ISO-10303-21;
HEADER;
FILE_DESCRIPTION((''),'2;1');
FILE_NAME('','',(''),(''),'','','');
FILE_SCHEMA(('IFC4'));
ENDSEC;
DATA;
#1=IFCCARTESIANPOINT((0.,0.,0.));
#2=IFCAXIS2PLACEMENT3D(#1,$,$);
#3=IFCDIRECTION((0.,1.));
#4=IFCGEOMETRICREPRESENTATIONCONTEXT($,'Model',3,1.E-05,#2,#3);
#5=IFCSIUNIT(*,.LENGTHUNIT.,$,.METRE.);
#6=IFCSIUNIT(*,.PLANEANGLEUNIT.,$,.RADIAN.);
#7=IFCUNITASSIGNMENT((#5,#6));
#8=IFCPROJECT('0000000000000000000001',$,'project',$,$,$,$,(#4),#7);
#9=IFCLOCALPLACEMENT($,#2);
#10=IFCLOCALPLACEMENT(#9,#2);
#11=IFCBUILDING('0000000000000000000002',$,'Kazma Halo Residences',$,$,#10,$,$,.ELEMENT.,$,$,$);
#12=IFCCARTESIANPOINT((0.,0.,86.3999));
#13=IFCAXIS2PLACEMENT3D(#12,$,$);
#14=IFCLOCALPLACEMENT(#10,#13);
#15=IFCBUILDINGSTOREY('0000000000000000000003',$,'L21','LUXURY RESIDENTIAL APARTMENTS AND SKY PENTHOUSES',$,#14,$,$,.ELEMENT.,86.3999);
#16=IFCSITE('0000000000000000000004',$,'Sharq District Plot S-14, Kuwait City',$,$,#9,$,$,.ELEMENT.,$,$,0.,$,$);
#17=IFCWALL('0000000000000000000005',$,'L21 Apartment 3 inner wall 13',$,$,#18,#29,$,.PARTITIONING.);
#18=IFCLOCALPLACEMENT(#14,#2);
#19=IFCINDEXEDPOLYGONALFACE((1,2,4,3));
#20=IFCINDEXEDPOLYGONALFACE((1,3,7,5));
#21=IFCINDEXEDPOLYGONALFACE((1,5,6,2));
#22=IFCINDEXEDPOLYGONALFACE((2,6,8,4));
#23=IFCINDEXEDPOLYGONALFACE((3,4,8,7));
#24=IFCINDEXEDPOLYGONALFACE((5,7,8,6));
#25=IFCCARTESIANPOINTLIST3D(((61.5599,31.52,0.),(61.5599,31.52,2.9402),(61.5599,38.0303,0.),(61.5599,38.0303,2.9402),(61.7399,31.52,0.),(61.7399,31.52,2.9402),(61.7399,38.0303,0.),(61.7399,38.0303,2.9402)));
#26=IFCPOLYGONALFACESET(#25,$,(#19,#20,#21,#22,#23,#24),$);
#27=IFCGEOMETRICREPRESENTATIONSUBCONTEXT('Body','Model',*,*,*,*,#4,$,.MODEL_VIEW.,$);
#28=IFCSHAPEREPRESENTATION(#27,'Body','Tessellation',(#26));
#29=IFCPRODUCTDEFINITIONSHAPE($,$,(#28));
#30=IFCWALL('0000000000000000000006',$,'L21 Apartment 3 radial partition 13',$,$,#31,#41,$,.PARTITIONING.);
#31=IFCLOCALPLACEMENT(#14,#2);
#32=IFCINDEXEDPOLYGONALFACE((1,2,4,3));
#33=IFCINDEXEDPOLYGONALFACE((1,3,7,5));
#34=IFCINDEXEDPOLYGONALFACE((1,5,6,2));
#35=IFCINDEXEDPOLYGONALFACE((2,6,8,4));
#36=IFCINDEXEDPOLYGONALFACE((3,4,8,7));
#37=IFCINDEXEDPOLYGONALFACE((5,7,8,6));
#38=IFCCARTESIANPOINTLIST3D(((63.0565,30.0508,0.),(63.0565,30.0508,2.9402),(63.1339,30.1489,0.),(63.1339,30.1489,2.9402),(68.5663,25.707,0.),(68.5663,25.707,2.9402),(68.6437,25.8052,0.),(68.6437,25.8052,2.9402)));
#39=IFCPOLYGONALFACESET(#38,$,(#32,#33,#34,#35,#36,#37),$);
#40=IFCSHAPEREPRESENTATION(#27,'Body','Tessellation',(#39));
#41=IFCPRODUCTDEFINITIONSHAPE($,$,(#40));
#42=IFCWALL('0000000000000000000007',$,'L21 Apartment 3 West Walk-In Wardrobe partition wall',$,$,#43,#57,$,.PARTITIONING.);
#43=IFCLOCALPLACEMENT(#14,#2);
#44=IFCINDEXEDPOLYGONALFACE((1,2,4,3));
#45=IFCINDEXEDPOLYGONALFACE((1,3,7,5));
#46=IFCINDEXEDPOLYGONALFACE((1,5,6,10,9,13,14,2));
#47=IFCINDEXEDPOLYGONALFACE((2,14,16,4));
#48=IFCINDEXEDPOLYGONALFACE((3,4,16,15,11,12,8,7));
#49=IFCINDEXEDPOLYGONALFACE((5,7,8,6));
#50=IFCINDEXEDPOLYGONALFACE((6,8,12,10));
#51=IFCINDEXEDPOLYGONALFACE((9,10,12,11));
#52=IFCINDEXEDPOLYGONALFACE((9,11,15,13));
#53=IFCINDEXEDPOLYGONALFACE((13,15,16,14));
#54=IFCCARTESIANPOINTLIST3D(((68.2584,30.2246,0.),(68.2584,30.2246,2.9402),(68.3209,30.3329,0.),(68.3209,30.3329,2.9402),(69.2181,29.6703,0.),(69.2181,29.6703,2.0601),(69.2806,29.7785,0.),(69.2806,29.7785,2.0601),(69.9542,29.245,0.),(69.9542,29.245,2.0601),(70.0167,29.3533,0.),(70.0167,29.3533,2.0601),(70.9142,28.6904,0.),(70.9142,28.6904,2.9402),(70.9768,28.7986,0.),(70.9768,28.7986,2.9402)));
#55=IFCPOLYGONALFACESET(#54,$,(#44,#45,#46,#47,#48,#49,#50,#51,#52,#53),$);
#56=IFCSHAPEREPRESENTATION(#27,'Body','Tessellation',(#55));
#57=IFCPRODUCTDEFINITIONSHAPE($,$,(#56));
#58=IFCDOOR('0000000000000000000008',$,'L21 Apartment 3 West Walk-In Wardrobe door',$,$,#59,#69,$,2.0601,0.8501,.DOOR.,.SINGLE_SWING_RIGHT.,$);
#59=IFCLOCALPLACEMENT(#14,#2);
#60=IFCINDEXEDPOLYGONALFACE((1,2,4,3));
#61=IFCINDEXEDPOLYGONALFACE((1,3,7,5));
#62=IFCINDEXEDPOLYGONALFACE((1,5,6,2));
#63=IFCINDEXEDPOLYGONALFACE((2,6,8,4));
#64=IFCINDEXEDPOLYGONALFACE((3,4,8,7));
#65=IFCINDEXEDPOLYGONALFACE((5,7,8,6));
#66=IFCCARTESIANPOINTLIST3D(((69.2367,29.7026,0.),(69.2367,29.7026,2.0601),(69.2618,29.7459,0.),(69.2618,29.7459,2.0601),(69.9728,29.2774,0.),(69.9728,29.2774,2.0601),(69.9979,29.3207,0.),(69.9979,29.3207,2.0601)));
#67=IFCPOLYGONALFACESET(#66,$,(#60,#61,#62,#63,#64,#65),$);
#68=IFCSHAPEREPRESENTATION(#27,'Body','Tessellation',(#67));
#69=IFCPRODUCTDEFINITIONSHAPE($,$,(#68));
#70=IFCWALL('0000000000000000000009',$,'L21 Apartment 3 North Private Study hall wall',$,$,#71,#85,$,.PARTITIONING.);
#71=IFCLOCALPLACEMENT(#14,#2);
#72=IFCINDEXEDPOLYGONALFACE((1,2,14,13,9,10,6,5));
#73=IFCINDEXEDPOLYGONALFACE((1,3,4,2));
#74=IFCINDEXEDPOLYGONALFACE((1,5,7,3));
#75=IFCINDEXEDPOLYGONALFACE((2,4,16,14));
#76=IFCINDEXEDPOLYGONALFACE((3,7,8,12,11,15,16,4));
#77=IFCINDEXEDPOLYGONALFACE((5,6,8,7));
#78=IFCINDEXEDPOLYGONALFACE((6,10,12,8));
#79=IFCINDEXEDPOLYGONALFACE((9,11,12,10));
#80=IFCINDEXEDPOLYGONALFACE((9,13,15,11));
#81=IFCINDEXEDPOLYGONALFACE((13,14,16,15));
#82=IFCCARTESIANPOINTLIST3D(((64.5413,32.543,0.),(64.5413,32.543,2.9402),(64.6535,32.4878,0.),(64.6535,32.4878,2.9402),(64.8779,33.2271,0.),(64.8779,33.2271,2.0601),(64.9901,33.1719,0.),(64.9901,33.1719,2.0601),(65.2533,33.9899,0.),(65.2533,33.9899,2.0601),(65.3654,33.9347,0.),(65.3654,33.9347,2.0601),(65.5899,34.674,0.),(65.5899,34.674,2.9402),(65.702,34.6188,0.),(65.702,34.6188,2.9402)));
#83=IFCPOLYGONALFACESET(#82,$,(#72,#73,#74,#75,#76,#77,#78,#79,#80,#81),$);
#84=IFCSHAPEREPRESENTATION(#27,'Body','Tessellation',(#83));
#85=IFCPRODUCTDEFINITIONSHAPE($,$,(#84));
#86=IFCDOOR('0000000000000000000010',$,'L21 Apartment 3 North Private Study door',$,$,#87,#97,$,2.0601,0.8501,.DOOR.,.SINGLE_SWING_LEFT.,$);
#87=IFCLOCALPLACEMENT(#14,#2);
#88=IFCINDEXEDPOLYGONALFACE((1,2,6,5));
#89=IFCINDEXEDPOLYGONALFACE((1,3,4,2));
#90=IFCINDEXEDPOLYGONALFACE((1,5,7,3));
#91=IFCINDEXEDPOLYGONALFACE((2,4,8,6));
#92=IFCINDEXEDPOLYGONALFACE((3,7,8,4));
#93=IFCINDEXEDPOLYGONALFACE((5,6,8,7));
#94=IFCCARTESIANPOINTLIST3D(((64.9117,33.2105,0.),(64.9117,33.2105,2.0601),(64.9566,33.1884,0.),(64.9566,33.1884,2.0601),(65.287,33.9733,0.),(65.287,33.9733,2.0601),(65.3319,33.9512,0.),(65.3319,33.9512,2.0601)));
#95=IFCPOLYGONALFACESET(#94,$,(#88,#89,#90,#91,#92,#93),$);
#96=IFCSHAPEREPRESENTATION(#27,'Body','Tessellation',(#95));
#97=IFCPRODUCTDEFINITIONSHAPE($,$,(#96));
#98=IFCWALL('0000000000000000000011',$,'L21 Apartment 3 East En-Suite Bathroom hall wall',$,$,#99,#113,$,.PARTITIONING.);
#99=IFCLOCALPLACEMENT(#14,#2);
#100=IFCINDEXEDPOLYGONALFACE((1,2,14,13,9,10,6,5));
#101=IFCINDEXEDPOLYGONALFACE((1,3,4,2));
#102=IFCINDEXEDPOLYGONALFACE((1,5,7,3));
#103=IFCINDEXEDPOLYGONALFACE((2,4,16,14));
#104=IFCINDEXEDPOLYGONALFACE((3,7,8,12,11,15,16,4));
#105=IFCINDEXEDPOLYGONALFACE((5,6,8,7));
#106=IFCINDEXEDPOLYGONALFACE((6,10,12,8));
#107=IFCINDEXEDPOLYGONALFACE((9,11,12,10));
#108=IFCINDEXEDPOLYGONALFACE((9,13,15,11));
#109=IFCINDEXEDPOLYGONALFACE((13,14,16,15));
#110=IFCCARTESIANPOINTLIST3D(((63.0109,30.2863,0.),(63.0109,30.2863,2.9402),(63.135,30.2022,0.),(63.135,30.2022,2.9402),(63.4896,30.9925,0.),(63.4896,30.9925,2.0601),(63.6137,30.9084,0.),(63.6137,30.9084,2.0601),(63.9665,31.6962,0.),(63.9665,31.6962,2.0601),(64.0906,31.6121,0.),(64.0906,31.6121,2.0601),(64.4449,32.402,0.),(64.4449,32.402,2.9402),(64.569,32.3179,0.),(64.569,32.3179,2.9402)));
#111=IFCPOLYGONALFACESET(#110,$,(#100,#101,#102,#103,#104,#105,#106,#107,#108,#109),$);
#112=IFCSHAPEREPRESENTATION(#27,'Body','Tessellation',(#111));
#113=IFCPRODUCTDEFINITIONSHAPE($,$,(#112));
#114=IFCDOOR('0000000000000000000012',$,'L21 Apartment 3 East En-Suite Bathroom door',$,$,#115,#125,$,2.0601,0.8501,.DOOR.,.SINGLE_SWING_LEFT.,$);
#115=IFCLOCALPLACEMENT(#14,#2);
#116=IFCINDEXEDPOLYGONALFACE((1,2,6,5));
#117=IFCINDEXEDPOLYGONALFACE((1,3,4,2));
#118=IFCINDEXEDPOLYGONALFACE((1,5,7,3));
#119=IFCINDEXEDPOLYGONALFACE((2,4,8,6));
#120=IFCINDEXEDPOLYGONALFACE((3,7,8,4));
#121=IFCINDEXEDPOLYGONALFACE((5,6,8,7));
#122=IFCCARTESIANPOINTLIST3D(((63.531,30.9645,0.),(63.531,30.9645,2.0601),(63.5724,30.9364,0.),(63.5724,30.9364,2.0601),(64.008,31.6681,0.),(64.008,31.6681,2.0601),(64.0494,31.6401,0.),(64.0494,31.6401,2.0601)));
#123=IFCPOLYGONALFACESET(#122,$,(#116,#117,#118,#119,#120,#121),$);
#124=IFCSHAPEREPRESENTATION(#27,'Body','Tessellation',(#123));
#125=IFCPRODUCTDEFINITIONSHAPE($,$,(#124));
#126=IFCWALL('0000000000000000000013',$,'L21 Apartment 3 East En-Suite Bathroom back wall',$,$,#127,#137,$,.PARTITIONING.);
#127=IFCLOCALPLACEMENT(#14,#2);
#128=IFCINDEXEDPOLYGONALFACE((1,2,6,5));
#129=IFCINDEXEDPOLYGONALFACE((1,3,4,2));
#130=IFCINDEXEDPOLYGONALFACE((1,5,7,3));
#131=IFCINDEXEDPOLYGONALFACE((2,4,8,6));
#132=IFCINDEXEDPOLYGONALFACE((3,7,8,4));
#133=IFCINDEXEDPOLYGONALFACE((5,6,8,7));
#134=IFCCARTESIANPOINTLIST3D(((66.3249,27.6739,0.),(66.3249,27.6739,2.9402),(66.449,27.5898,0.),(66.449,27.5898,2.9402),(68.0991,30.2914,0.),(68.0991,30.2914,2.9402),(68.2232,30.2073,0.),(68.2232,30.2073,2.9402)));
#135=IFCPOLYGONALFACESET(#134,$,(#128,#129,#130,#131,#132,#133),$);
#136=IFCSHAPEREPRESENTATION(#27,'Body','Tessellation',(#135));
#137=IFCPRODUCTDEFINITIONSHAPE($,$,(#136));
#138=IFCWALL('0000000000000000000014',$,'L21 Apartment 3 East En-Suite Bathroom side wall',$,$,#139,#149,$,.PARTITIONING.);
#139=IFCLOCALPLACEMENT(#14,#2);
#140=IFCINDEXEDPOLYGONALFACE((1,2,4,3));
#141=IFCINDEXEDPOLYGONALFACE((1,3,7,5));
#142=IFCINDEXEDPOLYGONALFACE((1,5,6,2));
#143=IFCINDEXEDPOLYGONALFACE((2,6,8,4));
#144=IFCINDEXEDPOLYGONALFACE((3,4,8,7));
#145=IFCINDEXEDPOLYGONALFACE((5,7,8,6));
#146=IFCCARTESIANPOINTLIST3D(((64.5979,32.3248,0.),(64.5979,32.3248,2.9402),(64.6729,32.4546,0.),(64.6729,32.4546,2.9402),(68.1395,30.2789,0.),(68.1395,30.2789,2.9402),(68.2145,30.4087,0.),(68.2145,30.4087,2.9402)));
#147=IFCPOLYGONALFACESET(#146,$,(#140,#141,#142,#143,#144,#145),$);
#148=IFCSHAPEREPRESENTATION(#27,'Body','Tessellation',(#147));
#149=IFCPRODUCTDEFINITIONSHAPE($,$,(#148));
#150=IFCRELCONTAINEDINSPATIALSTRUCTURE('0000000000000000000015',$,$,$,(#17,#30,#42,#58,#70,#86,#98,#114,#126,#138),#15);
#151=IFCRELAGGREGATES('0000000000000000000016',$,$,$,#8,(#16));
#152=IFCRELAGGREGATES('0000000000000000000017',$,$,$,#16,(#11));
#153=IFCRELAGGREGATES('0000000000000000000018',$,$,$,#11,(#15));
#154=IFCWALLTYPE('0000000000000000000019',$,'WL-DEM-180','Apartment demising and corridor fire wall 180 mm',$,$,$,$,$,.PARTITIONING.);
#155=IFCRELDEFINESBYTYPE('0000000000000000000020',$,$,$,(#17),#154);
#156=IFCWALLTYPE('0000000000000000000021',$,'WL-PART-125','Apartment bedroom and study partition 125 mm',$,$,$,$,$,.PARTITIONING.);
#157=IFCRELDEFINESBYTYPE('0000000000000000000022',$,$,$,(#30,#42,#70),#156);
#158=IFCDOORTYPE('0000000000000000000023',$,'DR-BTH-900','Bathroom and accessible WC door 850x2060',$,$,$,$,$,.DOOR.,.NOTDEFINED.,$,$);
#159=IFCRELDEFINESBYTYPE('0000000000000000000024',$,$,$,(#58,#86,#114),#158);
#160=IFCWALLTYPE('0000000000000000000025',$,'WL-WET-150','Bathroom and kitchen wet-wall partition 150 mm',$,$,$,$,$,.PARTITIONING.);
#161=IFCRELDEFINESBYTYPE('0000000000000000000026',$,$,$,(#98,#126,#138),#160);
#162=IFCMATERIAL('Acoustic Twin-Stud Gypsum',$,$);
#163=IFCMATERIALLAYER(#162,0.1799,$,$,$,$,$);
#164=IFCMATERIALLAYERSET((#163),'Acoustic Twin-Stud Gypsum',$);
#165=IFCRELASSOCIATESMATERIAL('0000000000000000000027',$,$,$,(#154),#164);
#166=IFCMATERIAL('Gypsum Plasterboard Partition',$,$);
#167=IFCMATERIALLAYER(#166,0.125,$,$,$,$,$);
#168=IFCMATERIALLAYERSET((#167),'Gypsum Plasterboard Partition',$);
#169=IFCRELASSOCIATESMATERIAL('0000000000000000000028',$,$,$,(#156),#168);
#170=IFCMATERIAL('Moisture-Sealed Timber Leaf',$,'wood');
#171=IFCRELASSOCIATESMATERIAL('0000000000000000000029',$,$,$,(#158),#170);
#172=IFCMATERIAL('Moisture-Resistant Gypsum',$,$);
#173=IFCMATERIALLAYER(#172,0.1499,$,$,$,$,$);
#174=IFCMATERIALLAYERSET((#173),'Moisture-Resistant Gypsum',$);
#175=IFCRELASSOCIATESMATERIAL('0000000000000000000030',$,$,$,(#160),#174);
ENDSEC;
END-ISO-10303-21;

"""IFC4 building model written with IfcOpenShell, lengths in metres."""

from ifc_helpers import new_model, si_unit, direction, frame, frame_2d, origin, place, context, subcontext, project, spatial, rectangle, extrude, material, layer, layer_set, type_object, element, fill, save


model = new_model("IFC4")

# Units and contexts
model_context = context("Model", 3, precision=1e-05, world=origin(), true_north=direction((0.0, 1.0)))
body_context = subcontext(model_context, "Body", "Model", "MODEL_VIEW")
ifc_project = project(units=[si_unit("LENGTHUNIT", "METRE"), si_unit("PLANEANGLEUNIT", "RADIAN")], contexts=[model_context])

# Site, building, storey
site_placement = place(None, origin())
site = spatial("IfcSite", under=ifc_project, at=site_placement, Name="Sharq District Plot S-14, Kuwait City", CompositionType="ELEMENT", RefElevation=0.0)
building_placement = place(site_placement, origin())
building = spatial("IfcBuilding", under=site, at=building_placement, Name="Kazma Halo Residences", CompositionType="ELEMENT")
storey_placement = place(building_placement, frame((0.0, 0.0, 86.3999)))
storey = spatial("IfcBuildingStorey", under=building, at=storey_placement, Name="L21", Description="LUXURY RESIDENTIAL APARTMENTS AND SKY PENTHOUSES", CompositionType="ELEMENT", Elevation=86.3999)

# Wall
ifc_material_1 = material(Name="Acoustic Twin-Stud Gypsum")
ifc_layer_1 = layer(ifc_material_1, 0.1799)
ifc_layer_set_1 = layer_set([ifc_layer_1], Name="Acoustic Twin-Stud Gypsum")
wall_type_1 = type_object("IfcWallType", Name="WL-DEM-180", Description="Apartment demising and corridor fire wall 180 mm", PredefinedType="PARTITIONING", material=ifc_layer_set_1)
wall_1_placement = place(storey_placement, frame((61.6499, 31.52, 0.0), z_axis=(0.0, 0.0, 1.0), x_axis=(0.0, 1.0, 0.0)))
element("IfcWall", 1, at=wall_1_placement, inside=storey, type_object=wall_type_1, Name="L21 Apartment 3 inner wall 13", PredefinedType="PARTITIONING", context=body_context, shape_type="SweptSolid", body=[
    extrude(rectangle(XDim=6.5103, YDim=0.1799, at=frame_2d((3.2551, 0.0))), origin(), (0.0, 0.0, 1.0), 2.9402),
])

# Wall
ifc_material_2 = material(Name="Gypsum Plasterboard Partition")
ifc_layer_2 = layer(ifc_material_2, 0.125)
ifc_layer_set_2 = layer_set([ifc_layer_2], Name="Gypsum Plasterboard Partition")
wall_type_2 = type_object("IfcWallType", Name="WL-PART-125", Description="Apartment bedroom and study partition 125 mm", PredefinedType="PARTITIONING", material=ifc_layer_set_2)
wall_2_placement = place(storey_placement, frame((63.0952, 30.0999, 0.0), z_axis=(0.0, 0.0, 1.0), x_axis=(0.785303, -0.619112, 0.0)))
element("IfcWall", 2, at=wall_2_placement, inside=storey, type_object=wall_type_2, Name="L21 Apartment 3 radial partition 13", PredefinedType="PARTITIONING", context=body_context, shape_type="SweptSolid", body=[
    extrude(rectangle(XDim=7.0161, YDim=0.125, at=frame_2d((3.5081, 0.0))), origin(), (0.0, 0.0, 1.0), 2.9402),
])

# Walls, openings, doors
wall_3_placement = place(storey_placement, frame((68.2896, 30.2788, 0.0), z_axis=(0.0, 0.0, 1.0), x_axis=(0.865902, -0.500214, 0.0)))
wall_3 = element("IfcWall", 3, at=wall_3_placement, inside=storey, type_object=wall_type_2, Name="L21 Apartment 3 West Walk-In Wardrobe partition wall", PredefinedType="PARTITIONING", context=body_context, shape_type="SweptSolid", body=[
    extrude(rectangle(XDim=3.0671, YDim=0.125, at=frame_2d((1.5337, 0.0))), origin(), (0.0, 0.0, 1.0), 2.9402),
])
opening_1_placement = place(wall_3_placement, frame((1.1084, 0.0, 0.0)))
opening_1 = element("IfcOpeningElement", 4, at=opening_1_placement, cuts=wall_3, PredefinedType="OPENING", context=body_context, shape_type="SweptSolid", body=[
    extrude(rectangle(XDim=0.8501, YDim=2.0601, at=frame_2d((0.425, 1.03))), frame((0.0, 0.0725, 0.0), z_axis=(0.0, -1.0, 0.0), x_axis=(1.0, 0.0, 0.0)), (0.0, 0.0, 1.0), 0.145),
])
ifc_material_3 = material(Name="Moisture-Sealed Timber Leaf", Category="wood")
door_type_1 = type_object("IfcDoorType", Name="DR-BTH-900", Description="Bathroom and accessible WC door 850x2060", OperationType="NOTDEFINED", PredefinedType="DOOR", material=ifc_material_3)
door_1_placement = place(opening_1_placement, origin())
door_1 = element("IfcDoor", 5, at=door_1_placement, inside=storey, type_object=door_type_1, Name="L21 Apartment 3 West Walk-In Wardrobe door", OperationType="SINGLE_SWING_RIGHT", OverallHeight=2.0601, OverallWidth=0.8501, PredefinedType="DOOR", context=body_context, shape_type="SweptSolid", body=[
    extrude(rectangle(XDim=0.8501, YDim=2.0601, at=frame_2d((0.425, 1.03))), frame((0.0, 0.0249, 0.0), z_axis=(0.0, -1.0, 0.0), x_axis=(1.0, 0.0, 0.0)), (0.0, 0.0, 1.0), 0.05),
])
fill(opening_1, door_1)
wall_4_placement = place(storey_placement, frame((64.5974, 32.5154, 0.0), z_axis=(0.0, 0.0, 1.0), x_axis=(0.441489, 0.897267, 0.0)))
wall_4 = element("IfcWall", 6, at=wall_4_placement, inside=storey, type_object=wall_type_2, Name="L21 Apartment 3 North Private Study hall wall", PredefinedType="PARTITIONING", context=body_context, shape_type="SweptSolid", body=[
    extrude(rectangle(XDim=2.375, YDim=0.125, at=frame_2d((1.1875, 0.0))), origin(), (0.0, 0.0, 1.0), 2.9402),
])
opening_2_placement = place(wall_4_placement, frame((0.7625, 0.0, 0.0)))
opening_2 = element("IfcOpeningElement", 7, at=opening_2_placement, cuts=wall_4, PredefinedType="OPENING", context=body_context, shape_type="SweptSolid", body=[
    extrude(rectangle(XDim=0.8501, YDim=2.0601, at=frame_2d((0.425, 1.03))), frame((0.0, 0.0725, 0.0), z_axis=(0.0, -1.0, 0.0), x_axis=(1.0, 0.0, 0.0)), (0.0, 0.0, 1.0), 0.145),
])
door_2_placement = place(opening_2_placement, origin())
door_2 = element("IfcDoor", 8, at=door_2_placement, inside=storey, type_object=door_type_1, Name="L21 Apartment 3 North Private Study door", OperationType="SINGLE_SWING_LEFT", OverallHeight=2.0601, OverallWidth=0.8501, PredefinedType="DOOR", context=body_context, shape_type="SweptSolid", body=[
    extrude(rectangle(XDim=0.8501, YDim=2.0601, at=frame_2d((0.425, 1.03))), frame((0.0, 0.0249, 0.0), z_axis=(0.0, -1.0, 0.0), x_axis=(1.0, 0.0, 0.0)), (0.0, 0.0, 1.0), 0.05),
])
fill(opening_2, door_2)
ifc_material_4 = material(Name="Moisture-Resistant Gypsum")
ifc_layer_3 = layer(ifc_material_4, 0.1499)
ifc_layer_set_3 = layer_set([ifc_layer_3], Name="Moisture-Resistant Gypsum")
wall_type_3 = type_object("IfcWallType", Name="WL-WET-150", Description="Bathroom and kitchen wet-wall partition 150 mm", PredefinedType="PARTITIONING", material=ifc_layer_set_3)
wall_5_placement = place(storey_placement, frame((63.073, 30.2444, 0.0), z_axis=(0.0, 0.0, 1.0), x_axis=(0.561076, 0.827764, 0.0)))
wall_5 = element("IfcWall", 9, at=wall_5_placement, inside=storey, type_object=wall_type_3, Name="L21 Apartment 3 East En-Suite Bathroom hall wall", PredefinedType="PARTITIONING", context=body_context, shape_type="SweptSolid", body=[
    extrude(rectangle(XDim=2.5559, YDim=0.1499, at=frame_2d((1.2778, 0.0))), origin(), (0.0, 0.0, 1.0), 2.9402),
])
opening_3_placement = place(wall_5_placement, frame((0.853, 0.0, 0.0)))
opening_3 = element("IfcOpeningElement", 10, at=opening_3_placement, cuts=wall_5, PredefinedType="OPENING", context=body_context, shape_type="SweptSolid", body=[
    extrude(rectangle(XDim=0.8501, YDim=2.0601, at=frame_2d((0.425, 1.03))), frame((0.0, 0.085, 0.0), z_axis=(0.0, -1.0, 0.0), x_axis=(1.0, 0.0, 0.0)), (0.0, 0.0, 1.0), 0.1699),
])
door_3_placement = place(opening_3_placement, origin())
door_3 = element("IfcDoor", 11, at=door_3_placement, inside=storey, type_object=door_type_1, Name="L21 Apartment 3 East En-Suite Bathroom door", OperationType="SINGLE_SWING_LEFT", OverallHeight=2.0601, OverallWidth=0.8501, PredefinedType="DOOR", context=body_context, shape_type="SweptSolid", body=[
    extrude(rectangle(XDim=0.8501, YDim=2.0601, at=frame_2d((0.425, 1.03))), frame((0.0, 0.0249, 0.0), z_axis=(0.0, -1.0, 0.0), x_axis=(1.0, 0.0, 0.0)), (0.0, 0.0, 1.0), 0.05),
])
fill(opening_3, door_3)

# Walls
wall_6_placement = place(storey_placement, frame((66.387, 27.6318, 0.0), z_axis=(0.0, 0.0, 1.0), x_axis=(0.56108, 0.827761, 0.0)))
element("IfcWall", 12, at=wall_6_placement, inside=storey, type_object=wall_type_3, Name="L21 Apartment 3 East En-Suite Bathroom back wall", PredefinedType="PARTITIONING", context=body_context, shape_type="SweptSolid", body=[
    extrude(rectangle(XDim=3.1621, YDim=0.1499, at=frame_2d((1.5811, 0.0))), origin(), (0.0, 0.0, 1.0), 2.9402),
])
wall_7_placement = place(storey_placement, frame((64.6355, 32.3896, 0.0), z_axis=(0.0, 0.0, 1.0), x_axis=(0.865897, -0.500222, 0.0)))
element("IfcWall", 13, at=wall_7_placement, inside=storey, type_object=wall_type_3, Name="L21 Apartment 3 East En-Suite Bathroom side wall", PredefinedType="PARTITIONING", context=body_context, shape_type="SweptSolid", body=[
    extrude(rectangle(XDim=4.0901, YDim=0.1499, at=frame_2d((2.0449, 0.0))), origin(), (0.0, 0.0, 1.0), 2.9402),
])

save(model, "model.ifc")
